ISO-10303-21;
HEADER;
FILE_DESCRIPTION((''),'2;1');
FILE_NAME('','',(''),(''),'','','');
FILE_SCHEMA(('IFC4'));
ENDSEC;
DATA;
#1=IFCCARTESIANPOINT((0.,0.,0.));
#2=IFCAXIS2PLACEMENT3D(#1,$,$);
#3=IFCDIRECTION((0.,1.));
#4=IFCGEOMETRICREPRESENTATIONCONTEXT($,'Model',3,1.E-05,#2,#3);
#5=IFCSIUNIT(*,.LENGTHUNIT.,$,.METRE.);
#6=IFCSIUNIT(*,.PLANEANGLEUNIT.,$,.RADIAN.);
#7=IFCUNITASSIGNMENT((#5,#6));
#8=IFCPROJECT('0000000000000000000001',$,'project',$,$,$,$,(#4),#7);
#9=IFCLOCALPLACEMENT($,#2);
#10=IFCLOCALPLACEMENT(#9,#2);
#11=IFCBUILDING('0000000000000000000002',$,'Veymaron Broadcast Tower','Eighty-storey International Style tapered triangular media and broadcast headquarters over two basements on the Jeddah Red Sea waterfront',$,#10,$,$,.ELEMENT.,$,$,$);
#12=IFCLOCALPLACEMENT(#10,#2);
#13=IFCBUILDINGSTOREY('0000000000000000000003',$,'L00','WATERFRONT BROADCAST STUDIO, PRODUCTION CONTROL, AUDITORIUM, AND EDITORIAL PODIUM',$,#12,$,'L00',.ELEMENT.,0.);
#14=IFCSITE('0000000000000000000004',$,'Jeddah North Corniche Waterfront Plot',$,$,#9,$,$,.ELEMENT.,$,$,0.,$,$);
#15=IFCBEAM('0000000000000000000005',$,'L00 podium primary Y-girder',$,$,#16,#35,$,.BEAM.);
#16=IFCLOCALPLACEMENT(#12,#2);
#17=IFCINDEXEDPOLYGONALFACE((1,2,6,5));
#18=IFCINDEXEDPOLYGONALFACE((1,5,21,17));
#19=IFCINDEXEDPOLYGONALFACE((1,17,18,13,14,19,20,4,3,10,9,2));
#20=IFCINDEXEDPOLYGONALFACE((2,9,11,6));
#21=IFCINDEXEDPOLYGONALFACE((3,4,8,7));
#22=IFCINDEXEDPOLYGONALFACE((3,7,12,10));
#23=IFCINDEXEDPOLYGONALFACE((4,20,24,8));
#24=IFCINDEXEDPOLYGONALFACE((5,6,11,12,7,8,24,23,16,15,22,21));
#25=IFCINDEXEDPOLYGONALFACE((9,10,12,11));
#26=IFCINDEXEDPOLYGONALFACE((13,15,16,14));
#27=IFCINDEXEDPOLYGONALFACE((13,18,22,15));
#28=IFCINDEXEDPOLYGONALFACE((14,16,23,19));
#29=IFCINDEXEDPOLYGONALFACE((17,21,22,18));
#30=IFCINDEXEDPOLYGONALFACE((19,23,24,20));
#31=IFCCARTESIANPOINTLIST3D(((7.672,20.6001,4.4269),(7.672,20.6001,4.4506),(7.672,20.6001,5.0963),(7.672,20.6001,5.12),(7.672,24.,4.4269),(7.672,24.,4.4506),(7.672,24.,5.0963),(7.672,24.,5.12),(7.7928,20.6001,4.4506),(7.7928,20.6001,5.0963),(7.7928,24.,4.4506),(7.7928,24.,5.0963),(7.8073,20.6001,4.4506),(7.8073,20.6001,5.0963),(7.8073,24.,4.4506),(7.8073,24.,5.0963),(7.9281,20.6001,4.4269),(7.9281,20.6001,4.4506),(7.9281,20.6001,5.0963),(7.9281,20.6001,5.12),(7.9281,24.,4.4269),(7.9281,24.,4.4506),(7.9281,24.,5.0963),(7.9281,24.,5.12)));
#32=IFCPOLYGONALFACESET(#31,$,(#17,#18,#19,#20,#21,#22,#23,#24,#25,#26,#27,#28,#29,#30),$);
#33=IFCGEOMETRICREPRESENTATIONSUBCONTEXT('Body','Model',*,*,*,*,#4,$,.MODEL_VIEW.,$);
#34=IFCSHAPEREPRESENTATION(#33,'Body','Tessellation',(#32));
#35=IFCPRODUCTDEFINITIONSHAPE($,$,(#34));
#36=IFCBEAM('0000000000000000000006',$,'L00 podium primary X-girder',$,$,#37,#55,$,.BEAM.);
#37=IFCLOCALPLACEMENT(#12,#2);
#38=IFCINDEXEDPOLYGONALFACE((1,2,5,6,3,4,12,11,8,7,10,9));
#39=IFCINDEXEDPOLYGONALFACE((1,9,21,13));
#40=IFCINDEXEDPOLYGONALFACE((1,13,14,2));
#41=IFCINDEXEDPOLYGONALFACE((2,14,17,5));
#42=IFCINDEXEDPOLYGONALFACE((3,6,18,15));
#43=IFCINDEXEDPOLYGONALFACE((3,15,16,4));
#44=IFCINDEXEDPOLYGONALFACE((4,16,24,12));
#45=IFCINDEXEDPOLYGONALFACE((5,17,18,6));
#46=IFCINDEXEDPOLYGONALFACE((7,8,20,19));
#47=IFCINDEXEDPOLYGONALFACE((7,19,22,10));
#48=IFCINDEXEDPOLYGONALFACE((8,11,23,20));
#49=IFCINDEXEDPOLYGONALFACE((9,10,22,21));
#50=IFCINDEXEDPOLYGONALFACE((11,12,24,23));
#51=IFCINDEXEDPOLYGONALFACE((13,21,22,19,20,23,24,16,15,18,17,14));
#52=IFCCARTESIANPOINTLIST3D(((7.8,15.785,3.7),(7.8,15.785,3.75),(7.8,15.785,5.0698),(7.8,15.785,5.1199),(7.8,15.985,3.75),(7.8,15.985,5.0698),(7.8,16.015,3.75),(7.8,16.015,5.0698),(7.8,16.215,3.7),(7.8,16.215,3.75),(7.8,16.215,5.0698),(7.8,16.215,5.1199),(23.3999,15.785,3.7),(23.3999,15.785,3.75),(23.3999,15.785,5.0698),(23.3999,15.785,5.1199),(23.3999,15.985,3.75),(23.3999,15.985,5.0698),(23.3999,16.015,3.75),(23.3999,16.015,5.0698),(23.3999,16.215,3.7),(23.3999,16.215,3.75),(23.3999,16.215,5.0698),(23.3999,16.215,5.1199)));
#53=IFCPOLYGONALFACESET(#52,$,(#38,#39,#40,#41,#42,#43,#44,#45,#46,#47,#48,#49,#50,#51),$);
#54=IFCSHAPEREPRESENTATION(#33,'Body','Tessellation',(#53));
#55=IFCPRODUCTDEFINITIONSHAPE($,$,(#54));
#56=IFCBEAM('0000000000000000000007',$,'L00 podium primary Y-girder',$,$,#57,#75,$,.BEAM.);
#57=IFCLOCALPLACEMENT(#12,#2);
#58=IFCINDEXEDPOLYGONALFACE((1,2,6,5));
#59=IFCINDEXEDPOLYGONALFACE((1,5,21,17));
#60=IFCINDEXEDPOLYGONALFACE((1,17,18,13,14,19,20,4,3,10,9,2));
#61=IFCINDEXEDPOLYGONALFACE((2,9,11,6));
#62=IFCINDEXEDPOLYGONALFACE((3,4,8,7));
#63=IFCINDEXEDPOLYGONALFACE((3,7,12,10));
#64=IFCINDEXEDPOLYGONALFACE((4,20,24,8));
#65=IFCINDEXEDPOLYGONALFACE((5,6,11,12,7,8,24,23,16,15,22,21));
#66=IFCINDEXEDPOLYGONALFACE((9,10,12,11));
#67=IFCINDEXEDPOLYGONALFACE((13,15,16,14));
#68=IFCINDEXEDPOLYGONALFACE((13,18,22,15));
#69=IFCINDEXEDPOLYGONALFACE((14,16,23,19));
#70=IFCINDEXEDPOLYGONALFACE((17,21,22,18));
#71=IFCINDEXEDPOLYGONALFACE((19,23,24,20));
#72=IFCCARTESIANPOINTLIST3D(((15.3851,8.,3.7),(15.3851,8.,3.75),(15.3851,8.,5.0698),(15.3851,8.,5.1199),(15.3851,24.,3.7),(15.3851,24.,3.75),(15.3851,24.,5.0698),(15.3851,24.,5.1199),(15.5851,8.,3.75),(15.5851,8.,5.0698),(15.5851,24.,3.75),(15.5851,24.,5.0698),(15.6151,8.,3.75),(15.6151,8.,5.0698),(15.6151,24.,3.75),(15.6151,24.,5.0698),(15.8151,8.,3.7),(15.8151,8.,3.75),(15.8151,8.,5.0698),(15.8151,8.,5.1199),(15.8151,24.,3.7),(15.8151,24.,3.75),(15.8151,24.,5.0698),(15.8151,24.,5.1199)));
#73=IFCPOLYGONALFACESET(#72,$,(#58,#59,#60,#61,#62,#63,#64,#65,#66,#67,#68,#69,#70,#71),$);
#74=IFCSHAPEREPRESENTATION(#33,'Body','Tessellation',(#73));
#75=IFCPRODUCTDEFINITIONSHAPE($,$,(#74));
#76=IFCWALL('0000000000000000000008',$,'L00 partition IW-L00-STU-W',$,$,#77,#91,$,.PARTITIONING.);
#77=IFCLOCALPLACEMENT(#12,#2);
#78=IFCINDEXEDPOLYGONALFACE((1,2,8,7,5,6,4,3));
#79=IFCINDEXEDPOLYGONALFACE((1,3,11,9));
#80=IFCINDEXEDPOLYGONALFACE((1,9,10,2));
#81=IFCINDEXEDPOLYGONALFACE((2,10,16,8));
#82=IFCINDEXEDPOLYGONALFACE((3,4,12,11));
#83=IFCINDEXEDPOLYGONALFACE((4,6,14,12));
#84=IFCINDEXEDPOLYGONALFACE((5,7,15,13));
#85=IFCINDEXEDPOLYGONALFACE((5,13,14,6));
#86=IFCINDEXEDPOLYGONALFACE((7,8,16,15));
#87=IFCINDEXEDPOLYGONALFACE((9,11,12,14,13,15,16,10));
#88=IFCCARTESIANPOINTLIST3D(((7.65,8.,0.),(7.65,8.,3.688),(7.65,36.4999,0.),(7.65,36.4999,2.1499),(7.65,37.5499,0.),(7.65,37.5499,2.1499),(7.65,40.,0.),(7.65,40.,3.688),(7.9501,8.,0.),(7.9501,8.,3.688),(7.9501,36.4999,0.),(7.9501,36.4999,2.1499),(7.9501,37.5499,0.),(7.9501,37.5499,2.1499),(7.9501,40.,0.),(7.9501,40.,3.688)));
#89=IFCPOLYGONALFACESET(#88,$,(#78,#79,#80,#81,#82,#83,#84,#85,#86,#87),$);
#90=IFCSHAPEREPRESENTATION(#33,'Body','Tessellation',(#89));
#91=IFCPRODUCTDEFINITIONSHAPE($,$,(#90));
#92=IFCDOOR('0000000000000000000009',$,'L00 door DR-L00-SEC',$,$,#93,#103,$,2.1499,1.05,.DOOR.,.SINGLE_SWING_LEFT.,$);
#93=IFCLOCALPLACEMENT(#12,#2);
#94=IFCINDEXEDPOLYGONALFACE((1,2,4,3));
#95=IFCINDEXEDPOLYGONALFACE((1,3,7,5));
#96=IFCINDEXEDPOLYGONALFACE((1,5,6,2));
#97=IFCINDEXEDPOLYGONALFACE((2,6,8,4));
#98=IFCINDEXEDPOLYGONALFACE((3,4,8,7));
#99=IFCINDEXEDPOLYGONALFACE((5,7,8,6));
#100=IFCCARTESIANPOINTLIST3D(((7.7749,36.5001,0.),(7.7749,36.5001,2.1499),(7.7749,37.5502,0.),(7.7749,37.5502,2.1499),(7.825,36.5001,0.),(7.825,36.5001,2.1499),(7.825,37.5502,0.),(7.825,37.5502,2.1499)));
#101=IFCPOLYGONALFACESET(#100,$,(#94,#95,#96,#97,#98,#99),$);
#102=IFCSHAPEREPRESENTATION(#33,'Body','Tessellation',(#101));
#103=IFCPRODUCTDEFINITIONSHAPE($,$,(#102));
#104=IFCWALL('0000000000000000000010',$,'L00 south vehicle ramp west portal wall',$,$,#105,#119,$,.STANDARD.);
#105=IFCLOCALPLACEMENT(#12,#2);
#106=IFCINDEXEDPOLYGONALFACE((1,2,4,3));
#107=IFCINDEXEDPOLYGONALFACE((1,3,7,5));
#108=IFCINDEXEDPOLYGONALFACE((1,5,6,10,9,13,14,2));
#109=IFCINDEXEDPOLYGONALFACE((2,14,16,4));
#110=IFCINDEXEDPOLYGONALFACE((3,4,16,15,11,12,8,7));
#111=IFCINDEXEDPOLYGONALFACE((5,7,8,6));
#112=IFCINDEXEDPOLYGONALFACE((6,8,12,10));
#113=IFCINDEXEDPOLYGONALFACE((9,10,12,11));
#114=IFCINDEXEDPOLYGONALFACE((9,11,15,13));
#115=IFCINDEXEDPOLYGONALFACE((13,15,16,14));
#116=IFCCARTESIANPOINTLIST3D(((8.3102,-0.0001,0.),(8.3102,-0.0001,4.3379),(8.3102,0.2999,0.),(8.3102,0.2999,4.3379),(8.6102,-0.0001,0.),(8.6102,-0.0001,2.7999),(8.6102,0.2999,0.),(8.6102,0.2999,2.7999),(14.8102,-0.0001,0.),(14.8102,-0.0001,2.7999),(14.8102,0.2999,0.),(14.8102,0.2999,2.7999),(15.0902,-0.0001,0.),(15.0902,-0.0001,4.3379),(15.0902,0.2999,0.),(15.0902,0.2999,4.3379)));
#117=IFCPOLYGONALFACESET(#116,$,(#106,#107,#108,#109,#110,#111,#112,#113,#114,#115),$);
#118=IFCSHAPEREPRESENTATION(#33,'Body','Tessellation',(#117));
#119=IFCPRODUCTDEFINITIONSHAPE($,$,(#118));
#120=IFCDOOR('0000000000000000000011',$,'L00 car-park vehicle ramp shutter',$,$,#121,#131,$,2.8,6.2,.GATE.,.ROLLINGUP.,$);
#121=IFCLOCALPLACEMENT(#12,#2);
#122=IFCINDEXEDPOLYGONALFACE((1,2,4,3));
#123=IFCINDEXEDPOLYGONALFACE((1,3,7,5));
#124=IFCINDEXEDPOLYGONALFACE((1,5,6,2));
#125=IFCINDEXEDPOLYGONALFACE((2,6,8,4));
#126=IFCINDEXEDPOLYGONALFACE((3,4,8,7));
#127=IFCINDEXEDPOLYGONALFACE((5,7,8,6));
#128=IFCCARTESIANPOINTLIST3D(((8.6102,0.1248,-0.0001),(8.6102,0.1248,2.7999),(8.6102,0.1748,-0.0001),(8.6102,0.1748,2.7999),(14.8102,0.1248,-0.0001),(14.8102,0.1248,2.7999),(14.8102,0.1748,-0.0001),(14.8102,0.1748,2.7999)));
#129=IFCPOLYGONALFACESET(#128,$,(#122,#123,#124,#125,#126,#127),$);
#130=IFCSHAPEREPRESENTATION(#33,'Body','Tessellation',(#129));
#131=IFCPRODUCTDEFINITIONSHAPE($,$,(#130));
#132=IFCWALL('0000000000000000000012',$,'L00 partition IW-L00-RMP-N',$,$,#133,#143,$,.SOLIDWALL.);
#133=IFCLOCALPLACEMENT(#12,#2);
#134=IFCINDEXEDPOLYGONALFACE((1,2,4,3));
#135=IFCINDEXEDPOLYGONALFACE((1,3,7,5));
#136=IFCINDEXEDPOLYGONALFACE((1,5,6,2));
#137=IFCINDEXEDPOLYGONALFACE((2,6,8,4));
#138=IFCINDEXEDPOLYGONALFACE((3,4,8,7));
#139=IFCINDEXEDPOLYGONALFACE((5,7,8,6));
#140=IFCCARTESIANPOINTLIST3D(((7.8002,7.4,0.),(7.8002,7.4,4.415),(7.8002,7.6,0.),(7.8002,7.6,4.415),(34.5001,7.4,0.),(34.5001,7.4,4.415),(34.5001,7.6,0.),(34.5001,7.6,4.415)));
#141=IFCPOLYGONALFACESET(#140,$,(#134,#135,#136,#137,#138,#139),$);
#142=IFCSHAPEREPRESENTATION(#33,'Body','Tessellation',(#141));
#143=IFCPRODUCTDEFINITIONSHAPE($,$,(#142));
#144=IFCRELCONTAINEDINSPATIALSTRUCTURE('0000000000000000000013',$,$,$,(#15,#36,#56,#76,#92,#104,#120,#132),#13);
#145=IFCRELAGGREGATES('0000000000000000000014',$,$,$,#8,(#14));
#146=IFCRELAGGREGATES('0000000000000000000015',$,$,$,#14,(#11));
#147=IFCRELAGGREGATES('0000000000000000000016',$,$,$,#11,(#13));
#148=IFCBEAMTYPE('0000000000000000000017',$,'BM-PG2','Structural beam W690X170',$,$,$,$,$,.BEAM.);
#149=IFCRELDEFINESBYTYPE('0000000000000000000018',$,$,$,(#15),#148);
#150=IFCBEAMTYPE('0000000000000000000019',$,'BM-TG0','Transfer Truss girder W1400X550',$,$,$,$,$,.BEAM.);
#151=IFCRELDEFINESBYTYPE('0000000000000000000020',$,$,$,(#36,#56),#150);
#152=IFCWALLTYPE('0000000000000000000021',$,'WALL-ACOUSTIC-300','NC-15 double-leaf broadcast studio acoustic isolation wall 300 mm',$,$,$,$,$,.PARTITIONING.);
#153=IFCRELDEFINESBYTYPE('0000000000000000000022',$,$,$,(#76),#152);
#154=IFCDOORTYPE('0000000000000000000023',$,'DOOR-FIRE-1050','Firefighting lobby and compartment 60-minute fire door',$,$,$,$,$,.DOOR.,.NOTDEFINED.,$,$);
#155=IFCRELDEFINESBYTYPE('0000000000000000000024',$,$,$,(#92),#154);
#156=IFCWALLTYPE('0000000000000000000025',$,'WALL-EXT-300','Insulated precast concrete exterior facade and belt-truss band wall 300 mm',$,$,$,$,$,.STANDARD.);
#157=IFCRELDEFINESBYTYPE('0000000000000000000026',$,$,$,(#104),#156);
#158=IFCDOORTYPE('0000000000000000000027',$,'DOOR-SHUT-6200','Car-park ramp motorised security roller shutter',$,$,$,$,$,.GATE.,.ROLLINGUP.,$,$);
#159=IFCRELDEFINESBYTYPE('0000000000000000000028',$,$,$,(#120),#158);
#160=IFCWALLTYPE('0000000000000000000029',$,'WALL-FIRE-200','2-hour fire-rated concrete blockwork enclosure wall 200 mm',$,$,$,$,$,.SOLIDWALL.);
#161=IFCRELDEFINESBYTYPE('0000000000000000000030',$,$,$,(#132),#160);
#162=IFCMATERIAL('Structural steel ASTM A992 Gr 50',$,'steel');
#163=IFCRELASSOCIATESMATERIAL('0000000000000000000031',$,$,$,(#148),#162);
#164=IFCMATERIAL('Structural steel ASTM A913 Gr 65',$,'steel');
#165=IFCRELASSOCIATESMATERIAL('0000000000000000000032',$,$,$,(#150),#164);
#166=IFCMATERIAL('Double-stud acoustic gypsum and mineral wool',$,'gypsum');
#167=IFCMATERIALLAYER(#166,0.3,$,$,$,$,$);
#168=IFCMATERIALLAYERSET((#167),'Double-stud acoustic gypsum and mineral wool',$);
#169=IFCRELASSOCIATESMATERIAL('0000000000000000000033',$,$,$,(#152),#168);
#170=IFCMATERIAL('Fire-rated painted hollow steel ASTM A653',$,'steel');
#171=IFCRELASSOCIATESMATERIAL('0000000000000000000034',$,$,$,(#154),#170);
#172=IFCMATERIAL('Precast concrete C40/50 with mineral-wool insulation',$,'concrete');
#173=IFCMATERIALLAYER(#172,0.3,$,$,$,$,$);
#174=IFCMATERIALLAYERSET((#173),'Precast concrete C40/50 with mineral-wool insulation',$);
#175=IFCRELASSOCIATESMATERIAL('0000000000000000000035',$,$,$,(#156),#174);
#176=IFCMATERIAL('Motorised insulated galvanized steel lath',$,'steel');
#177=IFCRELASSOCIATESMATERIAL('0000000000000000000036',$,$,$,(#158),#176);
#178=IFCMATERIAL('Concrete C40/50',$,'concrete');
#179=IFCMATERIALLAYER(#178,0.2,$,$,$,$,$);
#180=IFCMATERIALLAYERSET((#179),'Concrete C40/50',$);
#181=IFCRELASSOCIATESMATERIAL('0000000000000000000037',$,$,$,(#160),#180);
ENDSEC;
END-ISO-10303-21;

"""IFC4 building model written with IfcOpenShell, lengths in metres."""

from ifc_helpers import new_model, si_unit, direction, frame, frame_2d, origin, origin_2d, place, context, subcontext, project, spatial, rectangle, i_section, extrude, material, layer, layer_set, material_profile, profile_set, type_object, element, fill, save


model = new_model("IFC4")

# Units and contexts
model_context = context("Model", 3, precision=1e-05, world=origin(), true_north=direction((0.0, 1.0)))
body_context = subcontext(model_context, "Body", "Model", "MODEL_VIEW")
ifc_project = project(units=[si_unit("LENGTHUNIT", "METRE"), si_unit("PLANEANGLEUNIT", "RADIAN")], contexts=[model_context])

# Site, building, storey
site_placement = place(None, origin())
site = spatial("IfcSite", under=ifc_project, at=site_placement, Name="Jeddah North Corniche Waterfront Plot", CompositionType="ELEMENT", RefElevation=0.0)
building_placement = place(site_placement, origin())
building = spatial("IfcBuilding", under=site, at=building_placement, Name="Veymaron Broadcast Tower", Description="Eighty-storey International Style tapered triangular media and broadcast headquarters over two basements on the Jeddah Red Sea waterfront", CompositionType="ELEMENT")
storey_placement = place(building_placement, origin())
storey = spatial("IfcBuildingStorey", under=building, at=storey_placement, Name="L00", Description="WATERFRONT BROADCAST STUDIO, PRODUCTION CONTROL, AUDITORIUM, AND EDITORIAL PODIUM", LongName="L00", CompositionType="ELEMENT", Elevation=0.0)

# Shared definitions
ifc_material_1 = material(Name="Structural steel ASTM A913 Gr 65", Category="steel")

# Beams
ifc_material_2 = material(Name="Structural steel ASTM A992 Gr 50", Category="steel")
ifc_material_profile_1 = material_profile(ifc_material_2, i_section(OverallWidth=0.2561, OverallDepth=0.6931, WebThickness=0.0144, FlangeThickness=0.0237, at=origin_2d()), Name="W690X170")
ifc_profile_set_1 = profile_set([ifc_material_profile_1], Name="Structural steel ASTM A992 Gr 50")
beam_type_1 = type_object("IfcBeamType", Name="BM-PG2", Description="Structural beam W690X170", PredefinedType="BEAM", material=ifc_profile_set_1)
beam_1_placement = place(storey_placement, frame((7.8, 20.6001, 4.7734), z_axis=(0.0, 1.0, 0.0), x_axis=(-1.0, 0.0, 0.0)))
element("IfcBeam", 1, at=beam_1_placement, inside=storey, type_object=beam_type_1, Name="L00 podium primary Y-girder", PredefinedType="BEAM", context=body_context, shape_type="SweptSolid", body=[
    extrude(i_section(OverallWidth=0.2561, OverallDepth=0.6931, WebThickness=0.0144, FlangeThickness=0.0237, at=origin_2d()), origin(), (0.0, 0.0, 1.0), 3.3999),
])
ifc_material_profile_2 = material_profile(ifc_material_1, i_section(OverallWidth=0.4299, OverallDepth=1.4199, WebThickness=0.03, FlangeThickness=0.05, at=origin_2d()), Name="W1400X550")
ifc_profile_set_2 = profile_set([ifc_material_profile_2], Name="Structural steel ASTM A913 Gr 65")
beam_type_2 = type_object("IfcBeamType", Name="BM-TG0", Description="Transfer Truss girder W1400X550", PredefinedType="BEAM", material=ifc_profile_set_2)
beam_2_placement = place(storey_placement, frame((7.8, 16.0, 4.4099), z_axis=(1.0, 0.0, 0.0), x_axis=(0.0, 1.0, 0.0)))
element("IfcBeam", 2, at=beam_2_placement, inside=storey, type_object=beam_type_2, Name="L00 podium primary X-girder", PredefinedType="BEAM", context=body_context, shape_type="SweptSolid", body=[
    extrude(i_section(OverallWidth=0.4299, OverallDepth=1.4199, WebThickness=0.03, FlangeThickness=0.05, at=origin_2d()), origin(), (0.0, 0.0, 1.0), 15.5999),
])
beam_3_placement = place(storey_placement, frame((15.6001, 8.0, 4.4099), z_axis=(0.0, 1.0, 0.0), x_axis=(-1.0, 0.0, 0.0)))
element("IfcBeam", 3, at=beam_3_placement, inside=storey, type_object=beam_type_2, Name="L00 podium primary Y-girder", PredefinedType="BEAM", context=body_context, shape_type="SweptSolid", body=[
    extrude(i_section(OverallWidth=0.4299, OverallDepth=1.4199, WebThickness=0.03, FlangeThickness=0.05, at=origin_2d()), origin(), (0.0, 0.0, 1.0), 16.0),
])

# Walls, openings, doors
ifc_material_3 = material(Name="Double-stud acoustic gypsum and mineral wool", Category="gypsum")
ifc_layer_1 = layer(ifc_material_3, 0.3)
ifc_layer_set_1 = layer_set([ifc_layer_1], Name="Double-stud acoustic gypsum and mineral wool")
wall_type_1 = type_object("IfcWallType", Name="WALL-ACOUSTIC-300", Description="NC-15 double-leaf broadcast studio acoustic isolation wall 300 mm", PredefinedType="PARTITIONING", material=ifc_layer_set_1)
wall_1_placement = place(storey_placement, frame((7.8, 8.0, 0.0), z_axis=(0.0, 0.0, 1.0), x_axis=(0.0, 1.0, 0.0)))
wall_1 = element("IfcWall", 4, at=wall_1_placement, inside=storey, type_object=wall_type_1, Name="L00 partition IW-L00-STU-W", PredefinedType="PARTITIONING", context=body_context, shape_type="SweptSolid", body=[
    extrude(rectangle(XDim=32.0, YDim=0.3, at=frame_2d((16.0, 0.0))), origin(), (0.0, 0.0, 1.0), 3.688),
])
opening_1_placement = place(wall_1_placement, frame((28.5, 0.0, 0.0)))
opening_1 = element("IfcOpeningElement", 5, at=opening_1_placement, cuts=wall_1, PredefinedType="OPENING", context=body_context, shape_type="SweptSolid", body=[
    extrude(rectangle(XDim=1.05, YDim=2.1499, at=frame_2d((0.5249, 1.075))), frame((0.0, 0.1602, 0.0), z_axis=(0.0, -1.0, 0.0), x_axis=(1.0, 0.0, 0.0)), (0.0, 0.0, 1.0), 0.3201),
])
ifc_material_4 = material(Name="Fire-rated painted hollow steel ASTM A653", Category="steel")
door_type_1 = type_object("IfcDoorType", Name="DOOR-FIRE-1050", Description="Firefighting lobby and compartment 60-minute fire door", OperationType="NOTDEFINED", PredefinedType="DOOR", material=ifc_material_4)
door_1_placement = place(opening_1_placement, frame((1.05, 0.0, 0.0), z_axis=(0.0, 0.0, 1.0), x_axis=(-1.0, 0.0, 0.0)))
door_1 = element("IfcDoor", 6, at=door_1_placement, inside=storey, type_object=door_type_1, Name="L00 door DR-L00-SEC", OperationType="SINGLE_SWING_LEFT", OverallHeight=2.1499, OverallWidth=1.05, PredefinedType="DOOR", context=body_context, shape_type="SweptSolid", body=[
    extrude(rectangle(XDim=1.05, YDim=2.1499, at=frame_2d((0.5249, 1.075))), frame((0.0, 0.0249, 0.0), z_axis=(0.0, -1.0, 0.0), x_axis=(1.0, 0.0, 0.0)), (0.0, 0.0, 1.0), 0.05),
])
fill(opening_1, door_1)
ifc_material_5 = material(Name="Precast concrete C40/50 with mineral-wool insulation", Category="concrete")
ifc_layer_2 = layer(ifc_material_5, 0.3)
ifc_layer_set_2 = layer_set([ifc_layer_2], Name="Precast concrete C40/50 with mineral-wool insulation")
wall_type_2 = type_object("IfcWallType", Name="WALL-EXT-300", Description="Insulated precast concrete exterior facade and belt-truss band wall 300 mm", PredefinedType="STANDARD", material=ifc_layer_set_2)
wall_2_placement = place(storey_placement, frame((8.3101, 0.1499, 0.0), z_axis=(0.0, 0.0, 1.0), x_axis=(1.0, 0.0, 0.0)))
wall_2 = element("IfcWall", 7, at=wall_2_placement, inside=storey, type_object=wall_type_2, Name="L00 south vehicle ramp west portal wall", PredefinedType="STANDARD", context=body_context, shape_type="SweptSolid", body=[
    extrude(rectangle(XDim=6.78, YDim=0.3, at=frame_2d((3.3901, 0.0))), origin(), (0.0, 0.0, 1.0), 4.3379),
])
opening_2_placement = place(wall_2_placement, frame((0.3, 0.0, 0.0)))
opening_2 = element("IfcOpeningElement", 8, at=opening_2_placement, cuts=wall_2, PredefinedType="OPENING", context=body_context, shape_type="SweptSolid", body=[
    extrude(rectangle(XDim=6.2, YDim=2.8, at=frame_2d((3.1001, 1.3999))), frame((0.0, 0.1602, 0.0), z_axis=(0.0, -1.0, 0.0), x_axis=(1.0, 0.0, 0.0)), (0.0, 0.0, 1.0), 0.3201),
])
ifc_material_6 = material(Name="Motorised insulated galvanized steel lath", Category="steel")
door_type_2 = type_object("IfcDoorType", Name="DOOR-SHUT-6200", Description="Car-park ramp motorised security roller shutter", OperationType="ROLLINGUP", PredefinedType="GATE", material=ifc_material_6)
door_2_placement = place(opening_2_placement, origin())
door_2 = element("IfcDoor", 9, at=door_2_placement, inside=storey, type_object=door_type_2, Name="L00 car-park vehicle ramp shutter", OperationType="ROLLINGUP", OverallHeight=2.8, OverallWidth=6.2, PredefinedType="GATE", context=body_context, shape_type="SweptSolid", body=[
    extrude(rectangle(XDim=6.2, YDim=2.8, at=frame_2d((3.1001, 1.3999))), frame((0.0, 0.0249, 0.0), z_axis=(0.0, -1.0, 0.0), x_axis=(1.0, 0.0, 0.0)), (0.0, 0.0, 1.0), 0.05),
])
fill(opening_2, door_2)

# Wall
ifc_material_7 = material(Name="Concrete C40/50", Category="concrete")
ifc_layer_3 = layer(ifc_material_7, 0.2)
ifc_layer_set_3 = layer_set([ifc_layer_3], Name="Concrete C40/50")
wall_type_3 = type_object("IfcWallType", Name="WALL-FIRE-200", Description="2-hour fire-rated concrete blockwork enclosure wall 200 mm", PredefinedType="SOLIDWALL", material=ifc_layer_set_3)
wall_3_placement = place(storey_placement, frame((7.8, 7.5, 0.0), z_axis=(0.0, 0.0, 1.0), x_axis=(1.0, 0.0, 0.0)))
element("IfcWall", 10, at=wall_3_placement, inside=storey, type_object=wall_type_3, Name="L00 partition IW-L00-RMP-N", PredefinedType="SOLIDWALL", context=body_context, shape_type="SweptSolid", body=[
    extrude(rectangle(XDim=26.7, YDim=0.2, at=frame_2d((13.3501, 0.0))), origin(), (0.0, 0.0, 1.0), 4.415),
])

save(model, "model.ifc")
